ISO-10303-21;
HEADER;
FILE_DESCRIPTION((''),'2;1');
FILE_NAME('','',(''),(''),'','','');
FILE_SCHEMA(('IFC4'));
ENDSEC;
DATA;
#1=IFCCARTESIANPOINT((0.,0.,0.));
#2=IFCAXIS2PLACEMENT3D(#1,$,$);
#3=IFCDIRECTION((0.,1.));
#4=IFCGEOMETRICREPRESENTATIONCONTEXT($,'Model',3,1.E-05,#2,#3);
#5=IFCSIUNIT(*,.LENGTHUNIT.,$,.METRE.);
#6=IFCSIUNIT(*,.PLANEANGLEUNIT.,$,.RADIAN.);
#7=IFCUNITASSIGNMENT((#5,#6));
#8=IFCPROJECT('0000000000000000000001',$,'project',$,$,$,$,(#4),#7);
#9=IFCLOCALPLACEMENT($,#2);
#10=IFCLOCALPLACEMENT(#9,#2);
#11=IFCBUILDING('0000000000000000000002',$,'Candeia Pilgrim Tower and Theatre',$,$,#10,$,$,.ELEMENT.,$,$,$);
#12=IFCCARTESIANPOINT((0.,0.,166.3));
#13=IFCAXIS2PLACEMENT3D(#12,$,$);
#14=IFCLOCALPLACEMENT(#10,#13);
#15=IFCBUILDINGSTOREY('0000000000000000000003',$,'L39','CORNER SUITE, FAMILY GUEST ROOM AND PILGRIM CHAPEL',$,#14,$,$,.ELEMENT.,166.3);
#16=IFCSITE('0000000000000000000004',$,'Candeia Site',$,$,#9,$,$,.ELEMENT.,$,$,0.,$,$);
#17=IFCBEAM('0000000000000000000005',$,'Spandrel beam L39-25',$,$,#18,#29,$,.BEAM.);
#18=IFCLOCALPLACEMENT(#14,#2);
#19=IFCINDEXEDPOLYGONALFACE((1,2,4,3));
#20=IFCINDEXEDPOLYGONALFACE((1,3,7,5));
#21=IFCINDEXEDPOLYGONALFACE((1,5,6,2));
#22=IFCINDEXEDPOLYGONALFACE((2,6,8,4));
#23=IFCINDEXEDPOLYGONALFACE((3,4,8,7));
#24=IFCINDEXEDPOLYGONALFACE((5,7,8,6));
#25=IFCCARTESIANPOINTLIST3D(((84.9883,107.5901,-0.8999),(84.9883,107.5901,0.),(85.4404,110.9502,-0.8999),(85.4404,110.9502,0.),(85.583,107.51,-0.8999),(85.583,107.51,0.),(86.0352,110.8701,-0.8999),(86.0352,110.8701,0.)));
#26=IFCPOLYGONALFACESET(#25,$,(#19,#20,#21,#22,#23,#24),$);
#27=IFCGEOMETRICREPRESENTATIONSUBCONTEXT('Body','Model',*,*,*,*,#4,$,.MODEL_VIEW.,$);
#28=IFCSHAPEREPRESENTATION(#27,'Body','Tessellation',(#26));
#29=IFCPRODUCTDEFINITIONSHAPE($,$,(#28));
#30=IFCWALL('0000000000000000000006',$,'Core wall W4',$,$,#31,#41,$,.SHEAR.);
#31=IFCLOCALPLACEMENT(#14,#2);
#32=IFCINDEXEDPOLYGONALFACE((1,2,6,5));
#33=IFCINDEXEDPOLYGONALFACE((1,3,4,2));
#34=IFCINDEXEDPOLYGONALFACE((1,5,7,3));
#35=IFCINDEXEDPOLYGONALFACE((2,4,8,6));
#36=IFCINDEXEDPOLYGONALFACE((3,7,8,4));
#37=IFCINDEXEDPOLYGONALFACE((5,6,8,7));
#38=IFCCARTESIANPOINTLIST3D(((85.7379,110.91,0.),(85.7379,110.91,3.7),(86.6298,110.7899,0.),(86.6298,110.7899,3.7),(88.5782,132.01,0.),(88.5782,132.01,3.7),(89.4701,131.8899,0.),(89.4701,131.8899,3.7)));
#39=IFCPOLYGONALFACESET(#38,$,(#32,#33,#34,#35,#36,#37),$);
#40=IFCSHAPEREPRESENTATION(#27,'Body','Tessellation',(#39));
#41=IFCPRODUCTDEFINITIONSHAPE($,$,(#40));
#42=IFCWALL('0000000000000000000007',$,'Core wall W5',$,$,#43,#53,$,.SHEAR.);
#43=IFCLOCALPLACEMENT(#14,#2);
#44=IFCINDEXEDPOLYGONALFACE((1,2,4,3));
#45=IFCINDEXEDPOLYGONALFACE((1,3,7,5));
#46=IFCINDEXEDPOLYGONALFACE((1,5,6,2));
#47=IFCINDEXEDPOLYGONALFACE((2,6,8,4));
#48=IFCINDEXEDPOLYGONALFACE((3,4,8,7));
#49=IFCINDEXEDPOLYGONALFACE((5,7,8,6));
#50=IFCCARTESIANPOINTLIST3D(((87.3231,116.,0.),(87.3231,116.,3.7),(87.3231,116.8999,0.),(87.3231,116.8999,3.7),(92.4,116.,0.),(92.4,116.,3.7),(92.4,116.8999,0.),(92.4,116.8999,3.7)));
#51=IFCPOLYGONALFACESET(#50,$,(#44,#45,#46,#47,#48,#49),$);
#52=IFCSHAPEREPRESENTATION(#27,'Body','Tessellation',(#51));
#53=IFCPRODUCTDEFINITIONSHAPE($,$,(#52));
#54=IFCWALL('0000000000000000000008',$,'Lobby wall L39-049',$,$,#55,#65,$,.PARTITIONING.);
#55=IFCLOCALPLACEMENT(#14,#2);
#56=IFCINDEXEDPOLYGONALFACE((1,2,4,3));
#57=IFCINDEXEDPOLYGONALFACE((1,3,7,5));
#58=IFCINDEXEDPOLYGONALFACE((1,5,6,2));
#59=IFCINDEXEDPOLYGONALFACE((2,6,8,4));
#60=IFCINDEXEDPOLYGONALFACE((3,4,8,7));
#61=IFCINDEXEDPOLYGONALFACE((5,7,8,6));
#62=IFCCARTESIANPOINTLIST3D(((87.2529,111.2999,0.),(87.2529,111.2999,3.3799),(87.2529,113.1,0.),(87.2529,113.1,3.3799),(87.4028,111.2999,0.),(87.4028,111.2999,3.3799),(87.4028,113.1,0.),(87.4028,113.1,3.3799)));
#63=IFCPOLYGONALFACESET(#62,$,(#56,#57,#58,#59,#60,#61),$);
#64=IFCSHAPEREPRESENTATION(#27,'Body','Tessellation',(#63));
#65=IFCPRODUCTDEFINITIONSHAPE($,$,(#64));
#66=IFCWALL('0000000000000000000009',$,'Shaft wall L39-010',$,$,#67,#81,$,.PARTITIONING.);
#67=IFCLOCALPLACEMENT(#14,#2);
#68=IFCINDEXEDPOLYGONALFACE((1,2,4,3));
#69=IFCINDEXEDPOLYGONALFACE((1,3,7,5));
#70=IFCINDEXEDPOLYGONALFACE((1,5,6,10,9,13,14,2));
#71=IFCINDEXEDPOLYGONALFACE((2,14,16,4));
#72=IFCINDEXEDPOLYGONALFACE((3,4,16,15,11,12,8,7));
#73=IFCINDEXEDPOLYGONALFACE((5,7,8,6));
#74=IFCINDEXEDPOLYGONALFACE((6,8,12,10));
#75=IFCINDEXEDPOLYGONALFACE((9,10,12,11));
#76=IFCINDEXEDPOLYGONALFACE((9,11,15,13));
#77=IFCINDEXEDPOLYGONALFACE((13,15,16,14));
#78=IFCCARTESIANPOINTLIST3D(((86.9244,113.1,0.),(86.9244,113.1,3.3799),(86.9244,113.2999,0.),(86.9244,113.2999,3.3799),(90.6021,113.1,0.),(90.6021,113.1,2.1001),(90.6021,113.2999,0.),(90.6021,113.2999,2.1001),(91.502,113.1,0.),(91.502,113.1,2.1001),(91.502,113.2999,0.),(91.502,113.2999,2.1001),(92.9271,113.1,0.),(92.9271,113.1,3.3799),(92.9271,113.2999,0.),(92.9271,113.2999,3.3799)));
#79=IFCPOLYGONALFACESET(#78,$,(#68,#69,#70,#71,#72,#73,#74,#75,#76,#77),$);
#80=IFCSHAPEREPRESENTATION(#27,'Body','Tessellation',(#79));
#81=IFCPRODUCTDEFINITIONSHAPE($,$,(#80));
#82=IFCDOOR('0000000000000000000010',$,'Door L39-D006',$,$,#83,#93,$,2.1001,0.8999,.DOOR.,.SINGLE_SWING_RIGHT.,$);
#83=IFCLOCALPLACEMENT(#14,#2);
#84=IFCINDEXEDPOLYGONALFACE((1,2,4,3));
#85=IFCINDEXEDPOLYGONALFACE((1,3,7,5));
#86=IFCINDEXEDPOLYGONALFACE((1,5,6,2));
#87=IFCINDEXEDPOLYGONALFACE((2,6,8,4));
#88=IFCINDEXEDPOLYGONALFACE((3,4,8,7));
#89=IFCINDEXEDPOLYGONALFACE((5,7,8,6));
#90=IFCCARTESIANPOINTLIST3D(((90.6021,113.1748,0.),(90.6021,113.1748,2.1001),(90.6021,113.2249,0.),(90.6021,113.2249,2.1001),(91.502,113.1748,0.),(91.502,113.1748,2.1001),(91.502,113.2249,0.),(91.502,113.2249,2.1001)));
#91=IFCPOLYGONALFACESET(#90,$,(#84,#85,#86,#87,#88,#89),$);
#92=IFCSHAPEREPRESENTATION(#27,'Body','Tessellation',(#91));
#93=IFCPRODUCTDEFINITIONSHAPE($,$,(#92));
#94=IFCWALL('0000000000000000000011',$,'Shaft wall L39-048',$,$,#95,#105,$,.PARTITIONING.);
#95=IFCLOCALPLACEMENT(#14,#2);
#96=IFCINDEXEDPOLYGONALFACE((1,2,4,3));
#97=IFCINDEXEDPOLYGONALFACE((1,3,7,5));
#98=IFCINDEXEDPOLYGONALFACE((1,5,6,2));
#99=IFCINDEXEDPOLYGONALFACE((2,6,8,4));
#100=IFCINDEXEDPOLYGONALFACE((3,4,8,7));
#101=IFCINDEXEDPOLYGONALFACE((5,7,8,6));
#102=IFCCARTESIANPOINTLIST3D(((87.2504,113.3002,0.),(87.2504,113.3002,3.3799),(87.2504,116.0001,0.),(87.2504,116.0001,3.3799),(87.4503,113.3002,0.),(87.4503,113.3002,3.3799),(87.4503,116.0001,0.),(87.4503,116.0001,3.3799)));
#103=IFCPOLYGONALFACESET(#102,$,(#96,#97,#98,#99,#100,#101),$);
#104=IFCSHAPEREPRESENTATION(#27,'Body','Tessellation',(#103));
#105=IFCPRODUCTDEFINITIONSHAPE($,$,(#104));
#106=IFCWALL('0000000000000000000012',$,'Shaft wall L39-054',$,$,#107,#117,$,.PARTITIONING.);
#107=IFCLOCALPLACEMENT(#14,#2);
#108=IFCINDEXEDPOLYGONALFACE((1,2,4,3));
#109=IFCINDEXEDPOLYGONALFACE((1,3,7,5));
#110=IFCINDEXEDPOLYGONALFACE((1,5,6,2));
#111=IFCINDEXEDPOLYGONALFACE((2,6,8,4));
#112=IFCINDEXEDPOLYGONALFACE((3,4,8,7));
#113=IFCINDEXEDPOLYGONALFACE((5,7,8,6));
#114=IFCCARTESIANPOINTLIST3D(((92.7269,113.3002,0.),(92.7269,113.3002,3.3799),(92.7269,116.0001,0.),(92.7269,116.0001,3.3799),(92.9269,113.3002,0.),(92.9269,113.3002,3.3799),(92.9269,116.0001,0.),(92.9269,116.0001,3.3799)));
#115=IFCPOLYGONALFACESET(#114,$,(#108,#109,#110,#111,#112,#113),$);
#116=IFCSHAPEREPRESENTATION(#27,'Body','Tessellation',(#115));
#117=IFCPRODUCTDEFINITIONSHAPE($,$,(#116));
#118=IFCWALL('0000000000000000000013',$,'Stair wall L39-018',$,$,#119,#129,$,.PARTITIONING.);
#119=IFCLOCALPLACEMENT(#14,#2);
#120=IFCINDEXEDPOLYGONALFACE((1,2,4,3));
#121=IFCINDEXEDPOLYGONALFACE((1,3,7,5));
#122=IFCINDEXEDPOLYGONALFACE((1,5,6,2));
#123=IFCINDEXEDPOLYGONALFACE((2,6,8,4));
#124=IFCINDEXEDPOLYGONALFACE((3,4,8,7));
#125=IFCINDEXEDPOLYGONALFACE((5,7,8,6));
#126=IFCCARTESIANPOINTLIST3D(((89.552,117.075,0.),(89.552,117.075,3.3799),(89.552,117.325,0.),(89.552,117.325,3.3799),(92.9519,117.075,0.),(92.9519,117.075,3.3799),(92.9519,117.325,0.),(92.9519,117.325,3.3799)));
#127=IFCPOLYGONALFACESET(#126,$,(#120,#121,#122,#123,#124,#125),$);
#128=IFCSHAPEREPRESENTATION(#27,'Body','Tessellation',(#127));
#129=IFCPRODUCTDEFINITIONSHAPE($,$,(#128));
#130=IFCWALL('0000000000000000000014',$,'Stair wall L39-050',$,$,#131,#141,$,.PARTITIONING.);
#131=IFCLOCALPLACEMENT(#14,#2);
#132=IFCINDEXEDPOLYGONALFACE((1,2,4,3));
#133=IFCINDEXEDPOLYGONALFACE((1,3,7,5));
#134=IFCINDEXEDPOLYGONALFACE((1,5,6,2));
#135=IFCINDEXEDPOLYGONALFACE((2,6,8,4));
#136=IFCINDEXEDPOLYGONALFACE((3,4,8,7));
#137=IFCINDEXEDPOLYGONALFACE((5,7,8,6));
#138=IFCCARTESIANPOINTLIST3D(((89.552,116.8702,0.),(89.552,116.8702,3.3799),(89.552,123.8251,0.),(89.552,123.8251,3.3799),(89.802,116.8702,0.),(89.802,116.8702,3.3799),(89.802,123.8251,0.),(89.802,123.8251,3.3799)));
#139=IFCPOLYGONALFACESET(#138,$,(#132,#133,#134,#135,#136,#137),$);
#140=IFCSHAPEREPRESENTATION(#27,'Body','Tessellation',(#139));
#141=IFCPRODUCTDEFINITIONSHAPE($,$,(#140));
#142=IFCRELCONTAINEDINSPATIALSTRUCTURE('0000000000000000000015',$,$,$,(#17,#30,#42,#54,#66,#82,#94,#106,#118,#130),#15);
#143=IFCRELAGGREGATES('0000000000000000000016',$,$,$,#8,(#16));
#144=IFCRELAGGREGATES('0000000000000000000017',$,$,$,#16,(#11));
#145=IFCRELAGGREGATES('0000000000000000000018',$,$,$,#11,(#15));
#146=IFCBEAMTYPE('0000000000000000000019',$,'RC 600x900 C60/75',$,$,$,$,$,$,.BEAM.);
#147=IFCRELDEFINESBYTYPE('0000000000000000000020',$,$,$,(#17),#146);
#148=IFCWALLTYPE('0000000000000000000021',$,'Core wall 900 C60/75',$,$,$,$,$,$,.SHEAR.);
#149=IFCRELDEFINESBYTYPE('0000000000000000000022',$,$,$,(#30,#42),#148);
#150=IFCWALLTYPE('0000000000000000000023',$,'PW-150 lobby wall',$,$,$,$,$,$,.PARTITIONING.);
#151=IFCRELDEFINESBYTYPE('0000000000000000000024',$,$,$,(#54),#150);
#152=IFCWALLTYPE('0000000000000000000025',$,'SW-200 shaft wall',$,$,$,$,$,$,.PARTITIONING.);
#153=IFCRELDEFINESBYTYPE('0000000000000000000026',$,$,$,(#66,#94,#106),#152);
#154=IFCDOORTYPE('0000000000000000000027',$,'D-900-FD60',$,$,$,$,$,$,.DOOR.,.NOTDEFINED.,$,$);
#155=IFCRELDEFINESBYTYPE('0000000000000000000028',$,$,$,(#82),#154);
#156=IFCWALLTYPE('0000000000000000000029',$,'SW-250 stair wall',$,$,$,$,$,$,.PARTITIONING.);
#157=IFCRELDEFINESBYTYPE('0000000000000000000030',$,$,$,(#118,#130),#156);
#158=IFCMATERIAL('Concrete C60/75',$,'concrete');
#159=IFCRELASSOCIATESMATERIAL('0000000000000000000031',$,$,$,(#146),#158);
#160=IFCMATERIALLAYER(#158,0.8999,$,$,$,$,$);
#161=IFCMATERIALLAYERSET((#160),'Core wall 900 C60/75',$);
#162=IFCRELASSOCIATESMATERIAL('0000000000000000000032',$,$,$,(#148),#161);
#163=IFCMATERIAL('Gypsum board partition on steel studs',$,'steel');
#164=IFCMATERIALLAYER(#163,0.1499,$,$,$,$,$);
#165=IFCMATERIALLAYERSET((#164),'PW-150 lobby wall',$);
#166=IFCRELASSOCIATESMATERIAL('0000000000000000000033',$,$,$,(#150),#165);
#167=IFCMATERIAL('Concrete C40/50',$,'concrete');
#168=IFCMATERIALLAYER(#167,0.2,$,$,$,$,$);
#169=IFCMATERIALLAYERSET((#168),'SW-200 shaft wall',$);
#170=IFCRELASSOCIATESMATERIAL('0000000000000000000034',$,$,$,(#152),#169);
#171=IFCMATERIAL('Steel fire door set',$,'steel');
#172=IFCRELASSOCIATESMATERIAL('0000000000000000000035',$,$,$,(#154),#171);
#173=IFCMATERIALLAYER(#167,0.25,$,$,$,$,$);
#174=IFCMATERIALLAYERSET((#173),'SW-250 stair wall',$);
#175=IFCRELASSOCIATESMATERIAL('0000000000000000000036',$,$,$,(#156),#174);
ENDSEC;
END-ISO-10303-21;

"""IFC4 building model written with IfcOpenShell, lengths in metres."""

from ifc_helpers import new_model, si_unit, direction, frame, frame_2d, origin, origin_2d, place, context, subcontext, project, spatial, rectangle, extrude, material, layer, layer_set, material_profile, profile_set, type_object, element, fill, save


model = new_model("IFC4")

# Units and contexts
model_context = context("Model", 3, precision=1e-05, world=origin(), true_north=direction((0.0, 1.0)))
body_context = subcontext(model_context, "Body", "Model", "MODEL_VIEW")
ifc_project = project(units=[si_unit("LENGTHUNIT", "METRE"), si_unit("PLANEANGLEUNIT", "RADIAN")], contexts=[model_context])

# Site, building, storey
site_placement = place(None, origin())
site = spatial("IfcSite", under=ifc_project, at=site_placement, Name="Candeia Site", CompositionType="ELEMENT", RefElevation=0.0)
building_placement = place(site_placement, origin())
building = spatial("IfcBuilding", under=site, at=building_placement, Name="Candeia Pilgrim Tower and Theatre", CompositionType="ELEMENT")
storey_placement = place(building_placement, frame((0.0, 0.0, 166.3)))
storey = spatial("IfcBuildingStorey", under=building, at=storey_placement, Name="L39", Description="CORNER SUITE, FAMILY GUEST ROOM AND PILGRIM CHAPEL", CompositionType="ELEMENT", Elevation=166.3)

# Beam
ifc_material_1 = material(Name="Concrete C60/75", Category="concrete")
ifc_material_profile = material_profile(ifc_material_1, rectangle(XDim=0.6001, YDim=0.8999, at=origin_2d()))
ifc_profile_set = profile_set([ifc_material_profile], Name="Concrete C60/75")
beam_type = type_object("IfcBeamType", Name="RC 600x900 C60/75", PredefinedType="BEAM", material=ifc_profile_set)
beam_placement = place(storey_placement, frame((85.7378, 110.9102, -0.45), z_axis=(-0.133362, -0.991067, 0.0), x_axis=(0.991067, -0.133362, 0.0)))
element("IfcBeam", 1, at=beam_placement, inside=storey, type_object=beam_type, Name="Spandrel beam L39-25", PredefinedType="BEAM", context=body_context, shape_type="SweptSolid", body=[
    extrude(rectangle(XDim=0.6001, YDim=0.8999, at=origin_2d()), origin(), (0.0, 0.0, 1.0), 3.3904),
])

# Walls
ifc_layer_1 = layer(ifc_material_1, 0.8999)
ifc_layer_set_1 = layer_set([ifc_layer_1], Name="Core wall 900 C60/75")
wall_type_1 = type_object("IfcWallType", Name="Core wall 900 C60/75", PredefinedType="SHEAR", material=ifc_layer_set_1)
wall_1_placement = place(storey_placement, frame((86.1838, 110.8501, 0.0), z_axis=(0.0, 0.0, 1.0), x_axis=(0.13341, 0.991061, 0.0)))
element("IfcWall", 2, at=wall_1_placement, inside=storey, type_object=wall_type_1, Name="Core wall W4", PredefinedType="SHEAR", context=body_context, shape_type="SweptSolid", body=[
    extrude(rectangle(XDim=21.2903, YDim=0.8999, at=frame_2d((10.645, 0.0))), origin(), (0.0, 0.0, 1.0), 3.7),
])
wall_2_placement = place(storey_placement, frame((87.323, 116.45, 0.0), z_axis=(0.0, 0.0, 1.0), x_axis=(1.0, 0.0, 0.0)))
element("IfcWall", 3, at=wall_2_placement, inside=storey, type_object=wall_type_1, Name="Core wall W5", PredefinedType="SHEAR", context=body_context, shape_type="SweptSolid", body=[
    extrude(rectangle(XDim=5.0769, YDim=0.8999, at=frame_2d((2.5386, 0.0))), origin(), (0.0, 0.0, 1.0), 3.7),
])
ifc_material_2 = material(Name="Gypsum board partition on steel studs", Category="steel")
ifc_layer_2 = layer(ifc_material_2, 0.1499)
ifc_layer_set_2 = layer_set([ifc_layer_2], Name="PW-150 lobby wall")
wall_type_2 = type_object("IfcWallType", Name="PW-150 lobby wall", PredefinedType="PARTITIONING", material=ifc_layer_set_2)
wall_3_placement = place(storey_placement, frame((87.3279, 111.3, 0.0), z_axis=(0.0, 0.0, 1.0), x_axis=(0.0, 1.0, 0.0)))
element("IfcWall", 4, at=wall_3_placement, inside=storey, type_object=wall_type_2, Name="Lobby wall L39-049", PredefinedType="PARTITIONING", context=body_context, shape_type="SweptSolid", body=[
    extrude(rectangle(XDim=1.8, YDim=0.1499, at=frame_2d((0.8999, 0.0))), origin(), (0.0, 0.0, 1.0), 3.3799),
])

# Wall, opening, door
ifc_material_3 = material(Name="Concrete C40/50", Category="concrete")
ifc_layer_3 = layer(ifc_material_3, 0.2)
ifc_layer_set_3 = layer_set([ifc_layer_3], Name="SW-200 shaft wall")
wall_type_3 = type_object("IfcWallType", Name="SW-200 shaft wall", PredefinedType="PARTITIONING", material=ifc_layer_set_3)
wall_4_placement = place(storey_placement, frame((86.9243, 113.2, 0.0), z_axis=(0.0, 0.0, 1.0), x_axis=(1.0, 0.0, 0.0)))
wall_4 = element("IfcWall", 5, at=wall_4_placement, inside=storey, type_object=wall_type_3, Name="Shaft wall L39-010", PredefinedType="PARTITIONING", context=body_context, shape_type="SweptSolid", body=[
    extrude(rectangle(XDim=6.0027, YDim=0.2, at=frame_2d((3.0015, 0.0))), origin(), (0.0, 0.0, 1.0), 3.3799),
])
opening_placement = place(wall_4_placement, frame((3.6777, 0.0, 0.0)))
opening = element("IfcOpeningElement", 6, at=opening_placement, cuts=wall_4, PredefinedType="OPENING", context=body_context, shape_type="SweptSolid", body=[
    extrude(rectangle(XDim=0.8999, YDim=2.1001, at=frame_2d((0.45, 1.05))), frame((0.0, 0.1099, 0.0), z_axis=(0.0, -1.0, 0.0), x_axis=(1.0, 0.0, 0.0)), (0.0, 0.0, 1.0), 0.22),
])
ifc_material_4 = material(Name="Steel fire door set", Category="steel")
door_type = type_object("IfcDoorType", Name="D-900-FD60", OperationType="NOTDEFINED", PredefinedType="DOOR", material=ifc_material_4)
door_placement = place(opening_placement, origin())
door = element("IfcDoor", 7, at=door_placement, inside=storey, type_object=door_type, Name="Door L39-D006", OperationType="SINGLE_SWING_RIGHT", OverallHeight=2.1001, OverallWidth=0.8999, PredefinedType="DOOR", context=body_context, shape_type="SweptSolid", body=[
    extrude(rectangle(XDim=0.8999, YDim=2.1001, at=frame_2d((0.45, 1.05))), frame((0.0, 0.0249, 0.0), z_axis=(0.0, -1.0, 0.0), x_axis=(1.0, 0.0, 0.0)), (0.0, 0.0, 1.0), 0.05),
])
fill(opening, door)

# Walls
for number, where, z_axis, x_axis, name in (
    (8, (87.3503, 113.3, 0.0), (0.0, 0.0, 1.0), (0.0, 1.0, 0.0), "Shaft wall L39-048"),
    (9, (92.8269, 113.3, 0.0), (0.0, 0.0, 1.0), (0.0, 1.0, 0.0), "Shaft wall L39-054"),
):
    element("IfcWall", number, at=place(storey_placement, frame(where, z_axis=z_axis, x_axis=x_axis)), inside=storey, type_object=wall_type_3, Name=name, PredefinedType="PARTITIONING", context=body_context, shape_type="SweptSolid", body=[
        extrude(rectangle(XDim=2.7, YDim=0.2, at=frame_2d((1.3501, 0.0))), origin(), (0.0, 0.0, 1.0), 3.3799),
    ])
ifc_layer_4 = layer(ifc_material_3, 0.25)
ifc_layer_set_4 = layer_set([ifc_layer_4], Name="SW-250 stair wall")
wall_type_4 = type_object("IfcWallType", Name="SW-250 stair wall", PredefinedType="PARTITIONING", material=ifc_layer_set_4)
wall_5_placement = place(storey_placement, frame((89.552, 117.2, 0.0), z_axis=(0.0, 0.0, 1.0), x_axis=(1.0, 0.0, 0.0)))
element("IfcWall", 10, at=wall_5_placement, inside=storey, type_object=wall_type_4, Name="Stair wall L39-018", PredefinedType="PARTITIONING", context=body_context, shape_type="SweptSolid", body=[
    extrude(rectangle(XDim=3.3999, YDim=0.25, at=frame_2d((1.7, 0.0))), origin(), (0.0, 0.0, 1.0), 3.3799),
])
wall_6_placement = place(storey_placement, frame((89.677, 116.8701, 0.0), z_axis=(0.0, 0.0, 1.0), x_axis=(0.0, 1.0, 0.0)))
element("IfcWall", 11, at=wall_6_placement, inside=storey, type_object=wall_type_4, Name="Stair wall L39-050", PredefinedType="PARTITIONING", context=body_context, shape_type="SweptSolid", body=[
    extrude(rectangle(XDim=6.9548, YDim=0.25, at=frame_2d((3.4775, 0.0))), origin(), (0.0, 0.0, 1.0), 3.3799),
])

save(model, "model.ifc")
